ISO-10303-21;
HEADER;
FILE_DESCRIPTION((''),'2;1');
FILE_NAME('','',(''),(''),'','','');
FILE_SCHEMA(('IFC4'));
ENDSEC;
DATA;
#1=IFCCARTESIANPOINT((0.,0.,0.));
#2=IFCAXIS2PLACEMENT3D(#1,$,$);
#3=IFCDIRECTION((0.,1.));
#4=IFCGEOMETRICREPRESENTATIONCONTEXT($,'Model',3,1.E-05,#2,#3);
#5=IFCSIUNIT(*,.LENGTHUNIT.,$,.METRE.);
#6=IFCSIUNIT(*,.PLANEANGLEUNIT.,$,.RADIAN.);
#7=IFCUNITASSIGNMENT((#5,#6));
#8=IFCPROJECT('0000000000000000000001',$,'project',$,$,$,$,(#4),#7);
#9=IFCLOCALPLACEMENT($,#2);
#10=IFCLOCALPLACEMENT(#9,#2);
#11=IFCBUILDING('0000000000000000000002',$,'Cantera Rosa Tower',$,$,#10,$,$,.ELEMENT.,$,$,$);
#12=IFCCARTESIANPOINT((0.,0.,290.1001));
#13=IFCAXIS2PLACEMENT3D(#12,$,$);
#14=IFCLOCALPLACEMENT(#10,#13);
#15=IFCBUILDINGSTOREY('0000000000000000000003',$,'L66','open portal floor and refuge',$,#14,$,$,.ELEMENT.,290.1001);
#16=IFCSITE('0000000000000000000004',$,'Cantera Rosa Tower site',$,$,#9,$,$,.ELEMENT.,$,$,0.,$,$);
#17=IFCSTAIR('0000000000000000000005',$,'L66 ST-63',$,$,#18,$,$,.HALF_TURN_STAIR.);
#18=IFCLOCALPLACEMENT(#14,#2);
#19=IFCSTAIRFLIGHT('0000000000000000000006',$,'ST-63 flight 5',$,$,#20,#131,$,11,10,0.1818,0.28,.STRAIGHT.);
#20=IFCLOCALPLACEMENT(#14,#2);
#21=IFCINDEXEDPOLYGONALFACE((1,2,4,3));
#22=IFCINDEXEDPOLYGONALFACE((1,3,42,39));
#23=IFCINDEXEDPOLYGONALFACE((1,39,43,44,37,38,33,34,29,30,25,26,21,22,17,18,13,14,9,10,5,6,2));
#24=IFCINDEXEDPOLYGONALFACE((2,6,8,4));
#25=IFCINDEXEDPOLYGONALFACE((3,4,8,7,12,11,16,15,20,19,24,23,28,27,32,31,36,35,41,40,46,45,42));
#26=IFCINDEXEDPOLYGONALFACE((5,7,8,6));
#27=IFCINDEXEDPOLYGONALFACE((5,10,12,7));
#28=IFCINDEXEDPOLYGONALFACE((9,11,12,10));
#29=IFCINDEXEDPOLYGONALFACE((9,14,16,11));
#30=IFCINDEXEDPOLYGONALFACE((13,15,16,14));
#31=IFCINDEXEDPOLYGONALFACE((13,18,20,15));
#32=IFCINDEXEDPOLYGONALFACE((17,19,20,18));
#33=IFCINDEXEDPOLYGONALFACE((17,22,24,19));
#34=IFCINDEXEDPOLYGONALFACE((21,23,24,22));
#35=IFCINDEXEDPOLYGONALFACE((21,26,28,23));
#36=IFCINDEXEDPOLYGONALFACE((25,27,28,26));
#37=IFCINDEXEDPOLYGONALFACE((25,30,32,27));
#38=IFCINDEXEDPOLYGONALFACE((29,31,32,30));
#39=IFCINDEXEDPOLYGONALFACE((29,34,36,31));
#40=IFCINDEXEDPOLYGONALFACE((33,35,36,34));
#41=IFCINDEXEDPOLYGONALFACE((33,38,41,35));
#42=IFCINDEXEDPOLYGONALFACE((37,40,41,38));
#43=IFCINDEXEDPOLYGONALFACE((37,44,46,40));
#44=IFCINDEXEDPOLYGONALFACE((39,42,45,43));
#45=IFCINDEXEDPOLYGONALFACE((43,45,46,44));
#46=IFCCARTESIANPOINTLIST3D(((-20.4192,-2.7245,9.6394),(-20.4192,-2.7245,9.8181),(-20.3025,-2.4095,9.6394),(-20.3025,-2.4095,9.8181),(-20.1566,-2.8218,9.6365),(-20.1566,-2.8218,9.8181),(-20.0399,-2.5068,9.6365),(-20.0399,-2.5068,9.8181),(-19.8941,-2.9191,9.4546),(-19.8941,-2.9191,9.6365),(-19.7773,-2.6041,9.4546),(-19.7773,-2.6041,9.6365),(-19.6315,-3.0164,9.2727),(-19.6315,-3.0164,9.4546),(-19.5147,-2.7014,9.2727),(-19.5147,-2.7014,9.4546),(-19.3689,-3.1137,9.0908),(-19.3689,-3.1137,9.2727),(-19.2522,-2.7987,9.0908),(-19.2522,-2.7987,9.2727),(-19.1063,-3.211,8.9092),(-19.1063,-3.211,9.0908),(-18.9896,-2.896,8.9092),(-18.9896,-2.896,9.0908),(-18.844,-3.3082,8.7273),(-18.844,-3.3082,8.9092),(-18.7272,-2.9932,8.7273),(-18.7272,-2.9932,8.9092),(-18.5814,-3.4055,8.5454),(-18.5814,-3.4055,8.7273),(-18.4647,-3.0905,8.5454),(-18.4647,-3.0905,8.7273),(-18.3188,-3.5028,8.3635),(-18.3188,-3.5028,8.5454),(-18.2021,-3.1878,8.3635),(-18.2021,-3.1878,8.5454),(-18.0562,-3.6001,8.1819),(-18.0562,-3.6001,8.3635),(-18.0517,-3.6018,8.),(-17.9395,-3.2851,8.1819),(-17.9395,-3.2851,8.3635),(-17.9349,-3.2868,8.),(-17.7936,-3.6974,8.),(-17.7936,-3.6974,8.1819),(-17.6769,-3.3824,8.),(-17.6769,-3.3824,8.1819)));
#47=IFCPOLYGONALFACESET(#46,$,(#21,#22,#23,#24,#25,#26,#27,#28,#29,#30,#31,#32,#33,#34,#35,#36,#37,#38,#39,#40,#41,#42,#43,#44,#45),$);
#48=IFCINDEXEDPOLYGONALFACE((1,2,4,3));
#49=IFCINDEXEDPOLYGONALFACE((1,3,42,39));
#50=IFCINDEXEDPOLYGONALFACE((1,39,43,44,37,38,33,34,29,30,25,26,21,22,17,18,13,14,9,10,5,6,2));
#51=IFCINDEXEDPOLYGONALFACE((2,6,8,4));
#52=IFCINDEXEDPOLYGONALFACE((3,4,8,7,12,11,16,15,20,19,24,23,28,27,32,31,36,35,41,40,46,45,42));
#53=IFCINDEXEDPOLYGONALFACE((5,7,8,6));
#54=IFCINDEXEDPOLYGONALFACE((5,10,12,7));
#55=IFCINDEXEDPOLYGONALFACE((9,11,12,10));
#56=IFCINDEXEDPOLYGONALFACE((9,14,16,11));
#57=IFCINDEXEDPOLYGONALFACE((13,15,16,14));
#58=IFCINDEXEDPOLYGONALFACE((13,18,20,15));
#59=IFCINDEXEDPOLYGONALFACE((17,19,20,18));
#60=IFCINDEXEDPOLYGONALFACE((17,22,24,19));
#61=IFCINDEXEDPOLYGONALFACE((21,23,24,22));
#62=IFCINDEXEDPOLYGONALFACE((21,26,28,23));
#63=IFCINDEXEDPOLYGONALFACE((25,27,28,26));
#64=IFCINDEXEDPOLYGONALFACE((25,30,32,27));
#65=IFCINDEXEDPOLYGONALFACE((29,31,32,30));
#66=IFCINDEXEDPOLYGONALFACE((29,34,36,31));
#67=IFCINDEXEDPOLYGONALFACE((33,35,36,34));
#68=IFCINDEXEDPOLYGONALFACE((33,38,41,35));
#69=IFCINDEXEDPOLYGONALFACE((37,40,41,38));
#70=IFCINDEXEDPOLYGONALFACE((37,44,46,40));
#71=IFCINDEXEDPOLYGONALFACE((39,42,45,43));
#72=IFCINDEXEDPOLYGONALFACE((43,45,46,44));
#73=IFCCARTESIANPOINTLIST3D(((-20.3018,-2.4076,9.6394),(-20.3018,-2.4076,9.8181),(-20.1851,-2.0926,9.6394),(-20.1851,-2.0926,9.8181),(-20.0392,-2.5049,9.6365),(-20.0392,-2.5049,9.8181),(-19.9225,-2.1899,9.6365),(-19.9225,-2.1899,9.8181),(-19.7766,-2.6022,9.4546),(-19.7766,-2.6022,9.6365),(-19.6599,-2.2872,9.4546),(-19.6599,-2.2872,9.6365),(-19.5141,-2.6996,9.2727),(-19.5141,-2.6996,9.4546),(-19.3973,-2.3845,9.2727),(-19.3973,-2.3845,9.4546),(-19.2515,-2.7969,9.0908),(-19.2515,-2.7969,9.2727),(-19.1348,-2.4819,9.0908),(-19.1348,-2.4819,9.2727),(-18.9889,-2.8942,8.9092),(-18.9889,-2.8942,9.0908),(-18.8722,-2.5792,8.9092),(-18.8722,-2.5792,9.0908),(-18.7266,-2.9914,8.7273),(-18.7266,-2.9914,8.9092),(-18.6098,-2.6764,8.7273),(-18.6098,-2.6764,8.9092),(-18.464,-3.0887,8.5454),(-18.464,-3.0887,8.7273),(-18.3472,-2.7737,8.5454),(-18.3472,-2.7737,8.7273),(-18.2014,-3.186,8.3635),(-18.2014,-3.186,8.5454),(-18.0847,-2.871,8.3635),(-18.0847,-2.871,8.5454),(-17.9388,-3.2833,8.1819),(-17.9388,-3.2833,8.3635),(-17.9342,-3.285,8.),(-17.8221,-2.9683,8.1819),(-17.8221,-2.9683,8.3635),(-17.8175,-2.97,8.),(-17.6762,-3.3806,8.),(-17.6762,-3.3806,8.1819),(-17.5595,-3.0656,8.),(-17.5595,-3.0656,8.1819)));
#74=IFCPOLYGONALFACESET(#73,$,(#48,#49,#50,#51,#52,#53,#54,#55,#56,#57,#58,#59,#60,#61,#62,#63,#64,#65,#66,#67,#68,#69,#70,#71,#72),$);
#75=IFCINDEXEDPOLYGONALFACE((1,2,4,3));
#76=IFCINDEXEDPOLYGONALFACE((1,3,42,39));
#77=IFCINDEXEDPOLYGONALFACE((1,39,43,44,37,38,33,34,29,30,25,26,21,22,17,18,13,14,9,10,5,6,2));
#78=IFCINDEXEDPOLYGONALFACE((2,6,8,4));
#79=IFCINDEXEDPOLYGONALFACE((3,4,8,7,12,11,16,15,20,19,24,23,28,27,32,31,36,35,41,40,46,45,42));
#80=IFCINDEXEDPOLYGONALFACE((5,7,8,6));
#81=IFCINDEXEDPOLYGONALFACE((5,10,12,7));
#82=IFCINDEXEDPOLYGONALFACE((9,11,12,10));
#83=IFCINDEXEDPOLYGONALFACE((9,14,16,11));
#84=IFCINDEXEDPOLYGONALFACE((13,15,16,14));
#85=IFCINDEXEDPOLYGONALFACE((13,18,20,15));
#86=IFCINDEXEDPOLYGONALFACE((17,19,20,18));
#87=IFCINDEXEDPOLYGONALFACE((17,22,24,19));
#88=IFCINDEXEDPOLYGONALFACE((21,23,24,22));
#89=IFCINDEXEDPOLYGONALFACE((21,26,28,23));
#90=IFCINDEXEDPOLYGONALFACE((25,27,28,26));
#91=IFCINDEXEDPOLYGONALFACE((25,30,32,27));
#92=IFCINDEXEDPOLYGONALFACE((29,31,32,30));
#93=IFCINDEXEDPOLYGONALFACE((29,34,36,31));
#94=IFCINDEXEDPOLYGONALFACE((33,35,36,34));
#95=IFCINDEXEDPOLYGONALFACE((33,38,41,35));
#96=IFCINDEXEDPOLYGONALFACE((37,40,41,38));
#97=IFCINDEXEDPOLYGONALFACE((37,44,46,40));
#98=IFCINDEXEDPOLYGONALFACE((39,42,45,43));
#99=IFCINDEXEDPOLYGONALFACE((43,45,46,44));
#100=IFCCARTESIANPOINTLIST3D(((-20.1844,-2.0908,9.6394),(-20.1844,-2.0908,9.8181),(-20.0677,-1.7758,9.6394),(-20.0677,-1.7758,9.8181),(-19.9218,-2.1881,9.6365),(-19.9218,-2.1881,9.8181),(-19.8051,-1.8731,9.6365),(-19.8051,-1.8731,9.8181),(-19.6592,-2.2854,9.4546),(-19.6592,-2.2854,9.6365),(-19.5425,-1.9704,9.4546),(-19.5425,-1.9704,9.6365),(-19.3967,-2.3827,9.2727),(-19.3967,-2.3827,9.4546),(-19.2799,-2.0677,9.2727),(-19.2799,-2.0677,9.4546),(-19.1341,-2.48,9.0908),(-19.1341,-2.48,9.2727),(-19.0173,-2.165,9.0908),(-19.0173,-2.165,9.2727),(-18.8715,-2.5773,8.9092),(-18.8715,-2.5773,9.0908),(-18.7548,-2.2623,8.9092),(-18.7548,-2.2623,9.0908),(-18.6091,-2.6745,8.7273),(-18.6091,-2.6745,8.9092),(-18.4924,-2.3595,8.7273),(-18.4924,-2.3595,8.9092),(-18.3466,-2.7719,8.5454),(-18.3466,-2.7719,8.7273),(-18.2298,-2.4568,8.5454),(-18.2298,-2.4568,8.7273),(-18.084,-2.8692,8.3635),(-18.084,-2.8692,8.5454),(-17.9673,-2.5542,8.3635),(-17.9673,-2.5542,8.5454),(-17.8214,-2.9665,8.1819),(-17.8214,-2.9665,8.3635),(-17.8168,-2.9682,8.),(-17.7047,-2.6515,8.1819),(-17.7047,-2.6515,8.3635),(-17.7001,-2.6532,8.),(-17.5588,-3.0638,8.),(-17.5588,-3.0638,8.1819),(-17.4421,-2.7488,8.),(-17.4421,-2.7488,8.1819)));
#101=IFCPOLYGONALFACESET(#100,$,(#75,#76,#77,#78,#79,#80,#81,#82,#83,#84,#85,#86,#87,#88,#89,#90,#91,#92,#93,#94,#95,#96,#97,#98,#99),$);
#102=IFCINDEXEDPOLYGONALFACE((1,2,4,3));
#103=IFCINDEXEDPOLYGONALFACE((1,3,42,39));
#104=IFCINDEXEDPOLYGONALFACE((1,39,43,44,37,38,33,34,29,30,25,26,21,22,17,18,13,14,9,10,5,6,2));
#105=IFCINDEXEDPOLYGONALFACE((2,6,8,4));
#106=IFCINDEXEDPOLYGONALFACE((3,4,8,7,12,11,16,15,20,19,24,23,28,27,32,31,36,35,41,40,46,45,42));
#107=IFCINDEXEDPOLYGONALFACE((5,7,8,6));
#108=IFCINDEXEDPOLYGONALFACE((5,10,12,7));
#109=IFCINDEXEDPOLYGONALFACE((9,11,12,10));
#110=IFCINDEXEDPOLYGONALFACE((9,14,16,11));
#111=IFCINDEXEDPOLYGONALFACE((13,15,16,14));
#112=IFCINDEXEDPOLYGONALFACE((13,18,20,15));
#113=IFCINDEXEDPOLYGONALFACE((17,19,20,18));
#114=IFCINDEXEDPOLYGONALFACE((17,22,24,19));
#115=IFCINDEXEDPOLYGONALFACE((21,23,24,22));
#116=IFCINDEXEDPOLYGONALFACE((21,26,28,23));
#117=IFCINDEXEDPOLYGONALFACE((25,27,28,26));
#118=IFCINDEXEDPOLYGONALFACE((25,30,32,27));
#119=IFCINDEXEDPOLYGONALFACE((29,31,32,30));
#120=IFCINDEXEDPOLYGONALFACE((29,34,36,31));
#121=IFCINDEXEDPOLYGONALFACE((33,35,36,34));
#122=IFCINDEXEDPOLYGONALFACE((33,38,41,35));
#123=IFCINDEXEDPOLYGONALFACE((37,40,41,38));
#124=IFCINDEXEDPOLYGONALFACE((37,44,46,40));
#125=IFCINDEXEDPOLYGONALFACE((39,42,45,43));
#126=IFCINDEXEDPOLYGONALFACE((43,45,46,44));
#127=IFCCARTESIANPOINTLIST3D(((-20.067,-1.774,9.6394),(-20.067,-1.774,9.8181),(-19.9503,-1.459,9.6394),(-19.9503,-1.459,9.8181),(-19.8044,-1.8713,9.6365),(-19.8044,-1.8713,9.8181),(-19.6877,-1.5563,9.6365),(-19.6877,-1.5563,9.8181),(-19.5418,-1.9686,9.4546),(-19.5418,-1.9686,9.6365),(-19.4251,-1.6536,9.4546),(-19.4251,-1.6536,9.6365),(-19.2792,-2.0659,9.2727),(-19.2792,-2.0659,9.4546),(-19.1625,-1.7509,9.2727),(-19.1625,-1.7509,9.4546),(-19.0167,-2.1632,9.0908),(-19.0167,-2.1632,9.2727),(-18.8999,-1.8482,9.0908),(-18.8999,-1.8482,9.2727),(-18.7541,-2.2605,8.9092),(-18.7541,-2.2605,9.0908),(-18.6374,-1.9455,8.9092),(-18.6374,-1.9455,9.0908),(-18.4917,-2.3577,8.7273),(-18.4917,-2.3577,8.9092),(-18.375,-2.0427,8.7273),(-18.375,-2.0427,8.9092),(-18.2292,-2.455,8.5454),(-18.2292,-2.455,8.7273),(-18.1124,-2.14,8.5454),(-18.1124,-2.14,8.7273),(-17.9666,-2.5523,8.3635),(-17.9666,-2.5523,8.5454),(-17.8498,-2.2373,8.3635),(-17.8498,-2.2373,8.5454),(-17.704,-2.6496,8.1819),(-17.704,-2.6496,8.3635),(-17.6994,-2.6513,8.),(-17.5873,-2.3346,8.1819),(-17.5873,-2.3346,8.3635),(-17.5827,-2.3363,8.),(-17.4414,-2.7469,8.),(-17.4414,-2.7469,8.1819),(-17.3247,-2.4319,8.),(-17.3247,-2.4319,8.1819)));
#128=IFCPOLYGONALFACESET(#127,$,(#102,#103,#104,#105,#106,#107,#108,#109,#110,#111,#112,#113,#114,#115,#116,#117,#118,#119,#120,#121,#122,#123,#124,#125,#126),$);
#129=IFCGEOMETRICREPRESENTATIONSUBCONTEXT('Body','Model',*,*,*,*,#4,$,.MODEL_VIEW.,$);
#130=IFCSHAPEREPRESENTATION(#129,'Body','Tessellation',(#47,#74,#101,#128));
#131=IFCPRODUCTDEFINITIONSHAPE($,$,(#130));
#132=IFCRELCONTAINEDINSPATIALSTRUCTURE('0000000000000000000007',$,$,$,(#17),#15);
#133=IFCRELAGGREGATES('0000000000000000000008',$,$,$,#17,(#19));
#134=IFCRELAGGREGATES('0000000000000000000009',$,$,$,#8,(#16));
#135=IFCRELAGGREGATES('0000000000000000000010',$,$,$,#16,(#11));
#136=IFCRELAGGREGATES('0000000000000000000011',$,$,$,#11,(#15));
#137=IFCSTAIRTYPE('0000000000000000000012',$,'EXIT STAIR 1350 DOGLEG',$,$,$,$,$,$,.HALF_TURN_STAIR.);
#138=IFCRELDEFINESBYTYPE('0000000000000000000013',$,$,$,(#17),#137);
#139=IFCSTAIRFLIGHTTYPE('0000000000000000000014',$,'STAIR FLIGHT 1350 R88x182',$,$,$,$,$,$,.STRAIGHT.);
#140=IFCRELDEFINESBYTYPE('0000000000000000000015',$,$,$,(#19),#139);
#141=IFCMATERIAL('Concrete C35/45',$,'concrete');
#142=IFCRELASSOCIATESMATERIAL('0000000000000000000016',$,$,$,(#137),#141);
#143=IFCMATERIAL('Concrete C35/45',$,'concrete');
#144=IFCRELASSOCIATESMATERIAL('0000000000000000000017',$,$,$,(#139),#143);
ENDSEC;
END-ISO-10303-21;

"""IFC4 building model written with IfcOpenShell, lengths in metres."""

from ifc_helpers import new_model, si_unit, direction, frame, origin, place, context, subcontext, project, spatial, polyline, outline, extrude, material, type_object, element, aggregate, save


model = new_model("IFC4")

# Units and contexts
model_context = context("Model", 3, precision=1e-05, world=origin(), true_north=direction((0.0, 1.0)))
body_context = subcontext(model_context, "Body", "Model", "MODEL_VIEW")
ifc_project = project(units=[si_unit("LENGTHUNIT", "METRE"), si_unit("PLANEANGLEUNIT", "RADIAN")], contexts=[model_context])

# Site, building, storey
site_placement = place(None, origin())
site = spatial("IfcSite", under=ifc_project, at=site_placement, Name="Cantera Rosa Tower site", CompositionType="ELEMENT", RefElevation=0.0)
building_placement = place(site_placement, origin())
building = spatial("IfcBuilding", under=site, at=building_placement, Name="Cantera Rosa Tower", CompositionType="ELEMENT")
storey_placement = place(building_placement, frame((0.0, 0.0, 290.1001)))
storey = spatial("IfcBuildingStorey", under=building, at=storey_placement, Name="L66", Description="open portal floor and refuge", CompositionType="ELEMENT", Elevation=290.1001)

# Stair, stair flight
ifc_material_1 = material(Name="Concrete C35/45", Category="concrete")
stair_type = type_object("IfcStairType", Name="EXIT STAIR 1350 DOGLEG", PredefinedType="HALF_TURN_STAIR", material=ifc_material_1)
stair_placement = place(storey_placement, origin())
stair = element("IfcStair", 1, at=stair_placement, inside=storey, type_object=stair_type, Name="L66 ST-63", PredefinedType="HALF_TURN_STAIR")
ifc_material_2 = material(Name="Concrete C35/45", Category="concrete")
stair_flight_type = type_object("IfcStairFlightType", Name="STAIR FLIGHT 1350 R88x182", PredefinedType="STRAIGHT", material=ifc_material_2)
stair_flight_1_placement = place(storey_placement, frame((-17.5591, -3.0645, 8.0), z_axis=(0.0, 0.0, 1.0), x_axis=(-0.937687, 0.347481, 0.0)))
stair_flight_1 = element("IfcStairFlight", 2, at=stair_flight_1_placement, type_object=stair_flight_type, Name="ST-63 flight 5", NumberOfRisers=11, NumberOfTreads=10, PredefinedType="STRAIGHT", RiserHeight=0.1818, TreadLength=0.28, context=body_context, shape_type="SweptSolid", body=[
    extrude(outline(polyline([(0.0, 0.0), (0.0, 0.1819), (0.28, 0.1819), (0.28, 0.3635), (0.5601, 0.3635), (0.5601, 0.5454), (0.8401, 0.5454), (0.8401, 0.7273), (1.1201, 0.7273), (1.1201, 0.9092), (1.3999, 0.9092), (1.3999, 1.0908), (1.6799, 1.0908), (1.6799, 1.2727), (1.96, 1.2727), (1.96, 1.4546), (2.24, 1.4546), (2.24, 1.6365), (2.52, 1.6365), (2.52, 1.8181), (2.8, 1.8181), (2.8, 2.0), (2.8, 1.6394), (0.2751, 0.0), (0.0, 0.0)])), frame((0.0, 0.675, 0.0), z_axis=(0.0, -1.0, 0.0), x_axis=(1.0, 0.0, 0.0)), (0.0, 0.0, 1.0), 0.3359),
    extrude(outline(polyline([(0.0, 0.0), (0.0, 0.1819), (0.28, 0.1819), (0.28, 0.3635), (0.5601, 0.3635), (0.5601, 0.5454), (0.8401, 0.5454), (0.8401, 0.7273), (1.1201, 0.7273), (1.1201, 0.9092), (1.3999, 0.9092), (1.3999, 1.0908), (1.6799, 1.0908), (1.6799, 1.2727), (1.96, 1.2727), (1.96, 1.4546), (2.24, 1.4546), (2.24, 1.6365), (2.52, 1.6365), (2.52, 1.8181), (2.8, 1.8181), (2.8, 2.0), (2.8, 1.6394), (0.2751, 0.0), (0.0, 0.0)])), frame((0.0, 0.3372, 0.0), z_axis=(0.0, -1.0, 0.0), x_axis=(1.0, 0.0, 0.0)), (0.0, 0.0, 1.0), 0.3359),
    extrude(outline(polyline([(0.0, 0.0), (0.0, 0.1819), (0.28, 0.1819), (0.28, 0.3635), (0.5601, 0.3635), (0.5601, 0.5454), (0.8401, 0.5454), (0.8401, 0.7273), (1.1201, 0.7273), (1.1201, 0.9092), (1.3999, 0.9092), (1.3999, 1.0908), (1.6799, 1.0908), (1.6799, 1.2727), (1.96, 1.2727), (1.96, 1.4546), (2.24, 1.4546), (2.24, 1.6365), (2.52, 1.6365), (2.52, 1.8181), (2.8, 1.8181), (2.8, 2.0), (2.8, 1.6394), (0.2751, 0.0), (0.0, 0.0)])), frame((0.0, -0.0007, 0.0), z_axis=(0.0, -1.0, 0.0), x_axis=(1.0, 0.0, 0.0)), (0.0, 0.0, 1.0), 0.3359),
    extrude(outline(polyline([(0.0, 0.0), (0.0, 0.1819), (0.28, 0.1819), (0.28, 0.3635), (0.5601, 0.3635), (0.5601, 0.5454), (0.8401, 0.5454), (0.8401, 0.7273), (1.1201, 0.7273), (1.1201, 0.9092), (1.3999, 0.9092), (1.3999, 1.0908), (1.6799, 1.0908), (1.6799, 1.2727), (1.96, 1.2727), (1.96, 1.4546), (2.24, 1.4546), (2.24, 1.6365), (2.52, 1.6365), (2.52, 1.8181), (2.8, 1.8181), (2.8, 2.0), (2.8, 1.6394), (0.2751, 0.0), (0.0, 0.0)])), frame((0.0, -0.3386, 0.0), z_axis=(0.0, -1.0, 0.0), x_axis=(1.0, 0.0, 0.0)), (0.0, 0.0, 1.0), 0.3359),
])
aggregate(stair, [stair_flight_1])

save(model, "model.ifc")
